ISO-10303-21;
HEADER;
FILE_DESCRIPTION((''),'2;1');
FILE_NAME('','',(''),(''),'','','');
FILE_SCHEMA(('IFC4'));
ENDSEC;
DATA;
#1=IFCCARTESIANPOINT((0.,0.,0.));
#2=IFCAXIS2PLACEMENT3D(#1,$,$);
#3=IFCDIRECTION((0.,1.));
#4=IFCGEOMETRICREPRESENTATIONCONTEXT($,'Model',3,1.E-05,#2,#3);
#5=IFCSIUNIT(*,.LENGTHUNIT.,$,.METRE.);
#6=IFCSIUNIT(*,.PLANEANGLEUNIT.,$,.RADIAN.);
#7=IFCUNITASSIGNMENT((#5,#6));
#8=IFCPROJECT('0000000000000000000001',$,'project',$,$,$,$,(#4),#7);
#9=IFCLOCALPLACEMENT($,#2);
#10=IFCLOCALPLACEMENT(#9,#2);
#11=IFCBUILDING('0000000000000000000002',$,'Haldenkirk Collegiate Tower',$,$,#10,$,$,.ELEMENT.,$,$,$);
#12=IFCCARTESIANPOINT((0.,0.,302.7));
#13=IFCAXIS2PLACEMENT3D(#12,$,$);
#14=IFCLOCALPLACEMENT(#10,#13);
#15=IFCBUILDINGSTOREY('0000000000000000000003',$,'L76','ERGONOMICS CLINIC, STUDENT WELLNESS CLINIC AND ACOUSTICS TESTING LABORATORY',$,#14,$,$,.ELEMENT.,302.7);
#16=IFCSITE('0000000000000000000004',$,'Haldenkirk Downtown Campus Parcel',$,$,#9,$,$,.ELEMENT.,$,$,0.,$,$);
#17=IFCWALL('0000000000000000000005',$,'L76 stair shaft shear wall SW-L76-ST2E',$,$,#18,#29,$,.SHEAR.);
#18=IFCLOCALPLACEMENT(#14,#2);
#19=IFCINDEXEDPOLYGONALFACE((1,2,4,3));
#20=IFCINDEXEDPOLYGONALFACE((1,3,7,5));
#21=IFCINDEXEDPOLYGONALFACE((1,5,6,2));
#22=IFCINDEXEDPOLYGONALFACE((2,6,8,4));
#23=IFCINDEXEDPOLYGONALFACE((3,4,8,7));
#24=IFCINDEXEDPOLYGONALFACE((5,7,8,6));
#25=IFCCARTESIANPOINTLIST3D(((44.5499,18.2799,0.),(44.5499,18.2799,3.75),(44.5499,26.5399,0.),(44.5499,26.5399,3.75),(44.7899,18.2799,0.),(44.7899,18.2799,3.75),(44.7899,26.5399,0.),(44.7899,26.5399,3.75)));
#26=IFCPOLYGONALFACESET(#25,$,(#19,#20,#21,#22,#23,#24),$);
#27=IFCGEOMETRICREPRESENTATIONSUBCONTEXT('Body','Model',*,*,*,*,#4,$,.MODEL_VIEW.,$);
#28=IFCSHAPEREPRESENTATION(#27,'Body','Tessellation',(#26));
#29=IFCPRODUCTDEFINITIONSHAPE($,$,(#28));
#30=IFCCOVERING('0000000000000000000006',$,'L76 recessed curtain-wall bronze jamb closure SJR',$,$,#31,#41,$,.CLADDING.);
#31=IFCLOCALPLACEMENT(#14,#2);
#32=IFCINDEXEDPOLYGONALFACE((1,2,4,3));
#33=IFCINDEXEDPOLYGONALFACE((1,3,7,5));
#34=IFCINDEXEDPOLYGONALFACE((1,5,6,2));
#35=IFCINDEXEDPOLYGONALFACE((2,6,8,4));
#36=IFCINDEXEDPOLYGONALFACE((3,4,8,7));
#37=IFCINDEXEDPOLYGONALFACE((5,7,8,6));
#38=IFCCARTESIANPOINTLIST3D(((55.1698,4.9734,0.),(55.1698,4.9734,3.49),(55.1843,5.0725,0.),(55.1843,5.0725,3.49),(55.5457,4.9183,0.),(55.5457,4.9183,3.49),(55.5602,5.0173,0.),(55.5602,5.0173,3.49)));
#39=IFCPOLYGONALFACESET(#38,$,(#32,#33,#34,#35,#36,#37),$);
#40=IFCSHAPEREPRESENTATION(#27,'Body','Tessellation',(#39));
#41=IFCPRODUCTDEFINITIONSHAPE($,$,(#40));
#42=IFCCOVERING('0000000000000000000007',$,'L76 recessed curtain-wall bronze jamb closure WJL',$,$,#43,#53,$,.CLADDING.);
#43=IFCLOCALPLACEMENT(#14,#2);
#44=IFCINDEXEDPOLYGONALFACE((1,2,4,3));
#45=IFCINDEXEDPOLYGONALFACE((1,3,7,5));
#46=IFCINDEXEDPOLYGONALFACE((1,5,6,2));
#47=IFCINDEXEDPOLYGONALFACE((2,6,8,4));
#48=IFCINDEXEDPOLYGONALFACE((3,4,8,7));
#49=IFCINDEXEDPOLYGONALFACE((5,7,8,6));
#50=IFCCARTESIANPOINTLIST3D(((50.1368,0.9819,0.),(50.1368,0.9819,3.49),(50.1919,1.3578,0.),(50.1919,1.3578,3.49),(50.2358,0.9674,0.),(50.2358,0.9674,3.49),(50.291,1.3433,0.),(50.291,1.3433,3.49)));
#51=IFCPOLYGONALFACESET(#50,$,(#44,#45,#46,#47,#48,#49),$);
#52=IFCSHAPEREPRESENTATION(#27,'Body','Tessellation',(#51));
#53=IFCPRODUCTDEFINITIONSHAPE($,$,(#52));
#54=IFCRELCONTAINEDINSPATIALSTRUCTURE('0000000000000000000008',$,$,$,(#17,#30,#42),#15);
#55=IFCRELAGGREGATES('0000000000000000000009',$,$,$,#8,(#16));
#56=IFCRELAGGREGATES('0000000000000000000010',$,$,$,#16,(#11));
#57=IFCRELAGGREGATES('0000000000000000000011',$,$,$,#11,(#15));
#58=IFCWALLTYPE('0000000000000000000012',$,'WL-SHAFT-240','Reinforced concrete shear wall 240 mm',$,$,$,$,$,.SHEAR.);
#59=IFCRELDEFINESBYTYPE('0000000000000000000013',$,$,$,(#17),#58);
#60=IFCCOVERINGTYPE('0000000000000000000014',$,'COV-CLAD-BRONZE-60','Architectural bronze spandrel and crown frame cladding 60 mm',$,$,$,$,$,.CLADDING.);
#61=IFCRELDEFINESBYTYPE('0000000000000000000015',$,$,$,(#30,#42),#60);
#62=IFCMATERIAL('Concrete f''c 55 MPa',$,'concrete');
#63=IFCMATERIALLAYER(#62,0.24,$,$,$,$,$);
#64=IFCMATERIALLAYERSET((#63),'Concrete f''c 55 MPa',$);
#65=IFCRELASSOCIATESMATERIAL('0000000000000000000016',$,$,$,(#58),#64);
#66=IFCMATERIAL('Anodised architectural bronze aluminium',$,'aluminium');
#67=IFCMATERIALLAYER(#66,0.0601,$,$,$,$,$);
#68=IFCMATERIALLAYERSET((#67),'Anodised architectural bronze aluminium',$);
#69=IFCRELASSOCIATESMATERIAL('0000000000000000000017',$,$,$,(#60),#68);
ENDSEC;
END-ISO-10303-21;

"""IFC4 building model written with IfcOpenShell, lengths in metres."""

from ifc_helpers import new_model, si_unit, direction, frame, frame_2d, origin, origin_2d, place, context, subcontext, project, spatial, rectangle, extrude, source, transform, mapped, material, layer, layer_set, type_object, element, save


model = new_model("IFC4")

# Units and contexts
model_context = context("Model", 3, precision=1e-05, world=origin(), true_north=direction((0.0, 1.0)))
body_context = subcontext(model_context, "Body", "Model", "MODEL_VIEW")
ifc_project = project(units=[si_unit("LENGTHUNIT", "METRE"), si_unit("PLANEANGLEUNIT", "RADIAN")], contexts=[model_context])

# Site, building, storey
site_placement = place(None, origin())
site = spatial("IfcSite", under=ifc_project, at=site_placement, Name="Haldenkirk Downtown Campus Parcel", CompositionType="ELEMENT", RefElevation=0.0)
building_placement = place(site_placement, origin())
building = spatial("IfcBuilding", under=site, at=building_placement, Name="Haldenkirk Collegiate Tower", CompositionType="ELEMENT")
storey_placement = place(building_placement, frame((0.0, 0.0, 302.7)))
storey = spatial("IfcBuildingStorey", under=building, at=storey_placement, Name="L76", Description="ERGONOMICS CLINIC, STUDENT WELLNESS CLINIC AND ACOUSTICS TESTING LABORATORY", CompositionType="ELEMENT", Elevation=302.7)

# Shared definitions
ifc_material_1 = material(Name="Anodised architectural bronze aluminium", Category="aluminium")

# Shared definitions
ifc_material_2 = material(Name="Concrete f'c 55 MPa", Category="concrete")

# Wall
ifc_layer_1 = layer(ifc_material_2, 0.24)
ifc_layer_set_1 = layer_set([ifc_layer_1], Name="Concrete f'c 55 MPa")
wall_type_1 = type_object("IfcWallType", Name="WL-SHAFT-240", Description="Reinforced concrete shear wall 240 mm", PredefinedType="SHEAR", material=ifc_layer_set_1)
wall_1_placement = place(storey_placement, frame((44.6699, 18.28, 0.0), z_axis=(0.0, 0.0, 1.0), x_axis=(0.0, 1.0, 0.0)))
element("IfcWall", 1, at=wall_1_placement, inside=storey, type_object=wall_type_1, Name="L76 stair shaft shear wall SW-L76-ST2E", PredefinedType="SHEAR", context=body_context, shape_type="SweptSolid", body=[
    extrude(rectangle(XDim=8.26, YDim=0.24, at=frame_2d((4.1299, 0.0))), origin(), (0.0, 0.0, 1.0), 3.75),
])

# Coverings
ifc_layer_2 = layer(ifc_material_1, 0.0601)
ifc_layer_set_2 = layer_set([ifc_layer_2], Name="Anodised architectural bronze aluminium")
covering_type = type_object("IfcCoveringType", Name="COV-CLAD-BRONZE-60", Description="Architectural bronze spandrel and crown frame cladding 60 mm", PredefinedType="CLADDING", material=ifc_layer_set_2)
shared_shape_1 = source(origin(), body_context, "Body", "SweptSolid", [
    extrude(rectangle(XDim=0.1001, YDim=0.3799, at=origin_2d()), origin(), (0.0, 0.0, 1.0), 3.49),
])
for number, where, z_axis, x_axis, name in (
    (2, (55.365, 4.9954, 0.0), (0.0, 0.0, 1.0), (-0.14522, -0.989399, 0.0), "L76 recessed curtain-wall bronze jamb closure SJR"),
    (3, (50.2139, 1.1626, 0.0), (0.0, 0.0, 1.0), (-0.989399, 0.14522, 0.0), "L76 recessed curtain-wall bronze jamb closure WJL"),
):
    element("IfcCovering", number, at=place(storey_placement, frame(where, z_axis=z_axis, x_axis=x_axis)), inside=storey, type_object=covering_type, Name=name, PredefinedType="CLADDING", context=body_context, shape_type="MappedRepresentation", body=[
        mapped(shared_shape_1, transform((0.0, 0.0, 0.0), x_axis=(1.0, 0.0, 0.0), y_axis=(0.0, 1.0, 0.0), z_axis=(0.0, 0.0, 1.0), scale=1.0)),
    ])

save(model, "model.ifc")
